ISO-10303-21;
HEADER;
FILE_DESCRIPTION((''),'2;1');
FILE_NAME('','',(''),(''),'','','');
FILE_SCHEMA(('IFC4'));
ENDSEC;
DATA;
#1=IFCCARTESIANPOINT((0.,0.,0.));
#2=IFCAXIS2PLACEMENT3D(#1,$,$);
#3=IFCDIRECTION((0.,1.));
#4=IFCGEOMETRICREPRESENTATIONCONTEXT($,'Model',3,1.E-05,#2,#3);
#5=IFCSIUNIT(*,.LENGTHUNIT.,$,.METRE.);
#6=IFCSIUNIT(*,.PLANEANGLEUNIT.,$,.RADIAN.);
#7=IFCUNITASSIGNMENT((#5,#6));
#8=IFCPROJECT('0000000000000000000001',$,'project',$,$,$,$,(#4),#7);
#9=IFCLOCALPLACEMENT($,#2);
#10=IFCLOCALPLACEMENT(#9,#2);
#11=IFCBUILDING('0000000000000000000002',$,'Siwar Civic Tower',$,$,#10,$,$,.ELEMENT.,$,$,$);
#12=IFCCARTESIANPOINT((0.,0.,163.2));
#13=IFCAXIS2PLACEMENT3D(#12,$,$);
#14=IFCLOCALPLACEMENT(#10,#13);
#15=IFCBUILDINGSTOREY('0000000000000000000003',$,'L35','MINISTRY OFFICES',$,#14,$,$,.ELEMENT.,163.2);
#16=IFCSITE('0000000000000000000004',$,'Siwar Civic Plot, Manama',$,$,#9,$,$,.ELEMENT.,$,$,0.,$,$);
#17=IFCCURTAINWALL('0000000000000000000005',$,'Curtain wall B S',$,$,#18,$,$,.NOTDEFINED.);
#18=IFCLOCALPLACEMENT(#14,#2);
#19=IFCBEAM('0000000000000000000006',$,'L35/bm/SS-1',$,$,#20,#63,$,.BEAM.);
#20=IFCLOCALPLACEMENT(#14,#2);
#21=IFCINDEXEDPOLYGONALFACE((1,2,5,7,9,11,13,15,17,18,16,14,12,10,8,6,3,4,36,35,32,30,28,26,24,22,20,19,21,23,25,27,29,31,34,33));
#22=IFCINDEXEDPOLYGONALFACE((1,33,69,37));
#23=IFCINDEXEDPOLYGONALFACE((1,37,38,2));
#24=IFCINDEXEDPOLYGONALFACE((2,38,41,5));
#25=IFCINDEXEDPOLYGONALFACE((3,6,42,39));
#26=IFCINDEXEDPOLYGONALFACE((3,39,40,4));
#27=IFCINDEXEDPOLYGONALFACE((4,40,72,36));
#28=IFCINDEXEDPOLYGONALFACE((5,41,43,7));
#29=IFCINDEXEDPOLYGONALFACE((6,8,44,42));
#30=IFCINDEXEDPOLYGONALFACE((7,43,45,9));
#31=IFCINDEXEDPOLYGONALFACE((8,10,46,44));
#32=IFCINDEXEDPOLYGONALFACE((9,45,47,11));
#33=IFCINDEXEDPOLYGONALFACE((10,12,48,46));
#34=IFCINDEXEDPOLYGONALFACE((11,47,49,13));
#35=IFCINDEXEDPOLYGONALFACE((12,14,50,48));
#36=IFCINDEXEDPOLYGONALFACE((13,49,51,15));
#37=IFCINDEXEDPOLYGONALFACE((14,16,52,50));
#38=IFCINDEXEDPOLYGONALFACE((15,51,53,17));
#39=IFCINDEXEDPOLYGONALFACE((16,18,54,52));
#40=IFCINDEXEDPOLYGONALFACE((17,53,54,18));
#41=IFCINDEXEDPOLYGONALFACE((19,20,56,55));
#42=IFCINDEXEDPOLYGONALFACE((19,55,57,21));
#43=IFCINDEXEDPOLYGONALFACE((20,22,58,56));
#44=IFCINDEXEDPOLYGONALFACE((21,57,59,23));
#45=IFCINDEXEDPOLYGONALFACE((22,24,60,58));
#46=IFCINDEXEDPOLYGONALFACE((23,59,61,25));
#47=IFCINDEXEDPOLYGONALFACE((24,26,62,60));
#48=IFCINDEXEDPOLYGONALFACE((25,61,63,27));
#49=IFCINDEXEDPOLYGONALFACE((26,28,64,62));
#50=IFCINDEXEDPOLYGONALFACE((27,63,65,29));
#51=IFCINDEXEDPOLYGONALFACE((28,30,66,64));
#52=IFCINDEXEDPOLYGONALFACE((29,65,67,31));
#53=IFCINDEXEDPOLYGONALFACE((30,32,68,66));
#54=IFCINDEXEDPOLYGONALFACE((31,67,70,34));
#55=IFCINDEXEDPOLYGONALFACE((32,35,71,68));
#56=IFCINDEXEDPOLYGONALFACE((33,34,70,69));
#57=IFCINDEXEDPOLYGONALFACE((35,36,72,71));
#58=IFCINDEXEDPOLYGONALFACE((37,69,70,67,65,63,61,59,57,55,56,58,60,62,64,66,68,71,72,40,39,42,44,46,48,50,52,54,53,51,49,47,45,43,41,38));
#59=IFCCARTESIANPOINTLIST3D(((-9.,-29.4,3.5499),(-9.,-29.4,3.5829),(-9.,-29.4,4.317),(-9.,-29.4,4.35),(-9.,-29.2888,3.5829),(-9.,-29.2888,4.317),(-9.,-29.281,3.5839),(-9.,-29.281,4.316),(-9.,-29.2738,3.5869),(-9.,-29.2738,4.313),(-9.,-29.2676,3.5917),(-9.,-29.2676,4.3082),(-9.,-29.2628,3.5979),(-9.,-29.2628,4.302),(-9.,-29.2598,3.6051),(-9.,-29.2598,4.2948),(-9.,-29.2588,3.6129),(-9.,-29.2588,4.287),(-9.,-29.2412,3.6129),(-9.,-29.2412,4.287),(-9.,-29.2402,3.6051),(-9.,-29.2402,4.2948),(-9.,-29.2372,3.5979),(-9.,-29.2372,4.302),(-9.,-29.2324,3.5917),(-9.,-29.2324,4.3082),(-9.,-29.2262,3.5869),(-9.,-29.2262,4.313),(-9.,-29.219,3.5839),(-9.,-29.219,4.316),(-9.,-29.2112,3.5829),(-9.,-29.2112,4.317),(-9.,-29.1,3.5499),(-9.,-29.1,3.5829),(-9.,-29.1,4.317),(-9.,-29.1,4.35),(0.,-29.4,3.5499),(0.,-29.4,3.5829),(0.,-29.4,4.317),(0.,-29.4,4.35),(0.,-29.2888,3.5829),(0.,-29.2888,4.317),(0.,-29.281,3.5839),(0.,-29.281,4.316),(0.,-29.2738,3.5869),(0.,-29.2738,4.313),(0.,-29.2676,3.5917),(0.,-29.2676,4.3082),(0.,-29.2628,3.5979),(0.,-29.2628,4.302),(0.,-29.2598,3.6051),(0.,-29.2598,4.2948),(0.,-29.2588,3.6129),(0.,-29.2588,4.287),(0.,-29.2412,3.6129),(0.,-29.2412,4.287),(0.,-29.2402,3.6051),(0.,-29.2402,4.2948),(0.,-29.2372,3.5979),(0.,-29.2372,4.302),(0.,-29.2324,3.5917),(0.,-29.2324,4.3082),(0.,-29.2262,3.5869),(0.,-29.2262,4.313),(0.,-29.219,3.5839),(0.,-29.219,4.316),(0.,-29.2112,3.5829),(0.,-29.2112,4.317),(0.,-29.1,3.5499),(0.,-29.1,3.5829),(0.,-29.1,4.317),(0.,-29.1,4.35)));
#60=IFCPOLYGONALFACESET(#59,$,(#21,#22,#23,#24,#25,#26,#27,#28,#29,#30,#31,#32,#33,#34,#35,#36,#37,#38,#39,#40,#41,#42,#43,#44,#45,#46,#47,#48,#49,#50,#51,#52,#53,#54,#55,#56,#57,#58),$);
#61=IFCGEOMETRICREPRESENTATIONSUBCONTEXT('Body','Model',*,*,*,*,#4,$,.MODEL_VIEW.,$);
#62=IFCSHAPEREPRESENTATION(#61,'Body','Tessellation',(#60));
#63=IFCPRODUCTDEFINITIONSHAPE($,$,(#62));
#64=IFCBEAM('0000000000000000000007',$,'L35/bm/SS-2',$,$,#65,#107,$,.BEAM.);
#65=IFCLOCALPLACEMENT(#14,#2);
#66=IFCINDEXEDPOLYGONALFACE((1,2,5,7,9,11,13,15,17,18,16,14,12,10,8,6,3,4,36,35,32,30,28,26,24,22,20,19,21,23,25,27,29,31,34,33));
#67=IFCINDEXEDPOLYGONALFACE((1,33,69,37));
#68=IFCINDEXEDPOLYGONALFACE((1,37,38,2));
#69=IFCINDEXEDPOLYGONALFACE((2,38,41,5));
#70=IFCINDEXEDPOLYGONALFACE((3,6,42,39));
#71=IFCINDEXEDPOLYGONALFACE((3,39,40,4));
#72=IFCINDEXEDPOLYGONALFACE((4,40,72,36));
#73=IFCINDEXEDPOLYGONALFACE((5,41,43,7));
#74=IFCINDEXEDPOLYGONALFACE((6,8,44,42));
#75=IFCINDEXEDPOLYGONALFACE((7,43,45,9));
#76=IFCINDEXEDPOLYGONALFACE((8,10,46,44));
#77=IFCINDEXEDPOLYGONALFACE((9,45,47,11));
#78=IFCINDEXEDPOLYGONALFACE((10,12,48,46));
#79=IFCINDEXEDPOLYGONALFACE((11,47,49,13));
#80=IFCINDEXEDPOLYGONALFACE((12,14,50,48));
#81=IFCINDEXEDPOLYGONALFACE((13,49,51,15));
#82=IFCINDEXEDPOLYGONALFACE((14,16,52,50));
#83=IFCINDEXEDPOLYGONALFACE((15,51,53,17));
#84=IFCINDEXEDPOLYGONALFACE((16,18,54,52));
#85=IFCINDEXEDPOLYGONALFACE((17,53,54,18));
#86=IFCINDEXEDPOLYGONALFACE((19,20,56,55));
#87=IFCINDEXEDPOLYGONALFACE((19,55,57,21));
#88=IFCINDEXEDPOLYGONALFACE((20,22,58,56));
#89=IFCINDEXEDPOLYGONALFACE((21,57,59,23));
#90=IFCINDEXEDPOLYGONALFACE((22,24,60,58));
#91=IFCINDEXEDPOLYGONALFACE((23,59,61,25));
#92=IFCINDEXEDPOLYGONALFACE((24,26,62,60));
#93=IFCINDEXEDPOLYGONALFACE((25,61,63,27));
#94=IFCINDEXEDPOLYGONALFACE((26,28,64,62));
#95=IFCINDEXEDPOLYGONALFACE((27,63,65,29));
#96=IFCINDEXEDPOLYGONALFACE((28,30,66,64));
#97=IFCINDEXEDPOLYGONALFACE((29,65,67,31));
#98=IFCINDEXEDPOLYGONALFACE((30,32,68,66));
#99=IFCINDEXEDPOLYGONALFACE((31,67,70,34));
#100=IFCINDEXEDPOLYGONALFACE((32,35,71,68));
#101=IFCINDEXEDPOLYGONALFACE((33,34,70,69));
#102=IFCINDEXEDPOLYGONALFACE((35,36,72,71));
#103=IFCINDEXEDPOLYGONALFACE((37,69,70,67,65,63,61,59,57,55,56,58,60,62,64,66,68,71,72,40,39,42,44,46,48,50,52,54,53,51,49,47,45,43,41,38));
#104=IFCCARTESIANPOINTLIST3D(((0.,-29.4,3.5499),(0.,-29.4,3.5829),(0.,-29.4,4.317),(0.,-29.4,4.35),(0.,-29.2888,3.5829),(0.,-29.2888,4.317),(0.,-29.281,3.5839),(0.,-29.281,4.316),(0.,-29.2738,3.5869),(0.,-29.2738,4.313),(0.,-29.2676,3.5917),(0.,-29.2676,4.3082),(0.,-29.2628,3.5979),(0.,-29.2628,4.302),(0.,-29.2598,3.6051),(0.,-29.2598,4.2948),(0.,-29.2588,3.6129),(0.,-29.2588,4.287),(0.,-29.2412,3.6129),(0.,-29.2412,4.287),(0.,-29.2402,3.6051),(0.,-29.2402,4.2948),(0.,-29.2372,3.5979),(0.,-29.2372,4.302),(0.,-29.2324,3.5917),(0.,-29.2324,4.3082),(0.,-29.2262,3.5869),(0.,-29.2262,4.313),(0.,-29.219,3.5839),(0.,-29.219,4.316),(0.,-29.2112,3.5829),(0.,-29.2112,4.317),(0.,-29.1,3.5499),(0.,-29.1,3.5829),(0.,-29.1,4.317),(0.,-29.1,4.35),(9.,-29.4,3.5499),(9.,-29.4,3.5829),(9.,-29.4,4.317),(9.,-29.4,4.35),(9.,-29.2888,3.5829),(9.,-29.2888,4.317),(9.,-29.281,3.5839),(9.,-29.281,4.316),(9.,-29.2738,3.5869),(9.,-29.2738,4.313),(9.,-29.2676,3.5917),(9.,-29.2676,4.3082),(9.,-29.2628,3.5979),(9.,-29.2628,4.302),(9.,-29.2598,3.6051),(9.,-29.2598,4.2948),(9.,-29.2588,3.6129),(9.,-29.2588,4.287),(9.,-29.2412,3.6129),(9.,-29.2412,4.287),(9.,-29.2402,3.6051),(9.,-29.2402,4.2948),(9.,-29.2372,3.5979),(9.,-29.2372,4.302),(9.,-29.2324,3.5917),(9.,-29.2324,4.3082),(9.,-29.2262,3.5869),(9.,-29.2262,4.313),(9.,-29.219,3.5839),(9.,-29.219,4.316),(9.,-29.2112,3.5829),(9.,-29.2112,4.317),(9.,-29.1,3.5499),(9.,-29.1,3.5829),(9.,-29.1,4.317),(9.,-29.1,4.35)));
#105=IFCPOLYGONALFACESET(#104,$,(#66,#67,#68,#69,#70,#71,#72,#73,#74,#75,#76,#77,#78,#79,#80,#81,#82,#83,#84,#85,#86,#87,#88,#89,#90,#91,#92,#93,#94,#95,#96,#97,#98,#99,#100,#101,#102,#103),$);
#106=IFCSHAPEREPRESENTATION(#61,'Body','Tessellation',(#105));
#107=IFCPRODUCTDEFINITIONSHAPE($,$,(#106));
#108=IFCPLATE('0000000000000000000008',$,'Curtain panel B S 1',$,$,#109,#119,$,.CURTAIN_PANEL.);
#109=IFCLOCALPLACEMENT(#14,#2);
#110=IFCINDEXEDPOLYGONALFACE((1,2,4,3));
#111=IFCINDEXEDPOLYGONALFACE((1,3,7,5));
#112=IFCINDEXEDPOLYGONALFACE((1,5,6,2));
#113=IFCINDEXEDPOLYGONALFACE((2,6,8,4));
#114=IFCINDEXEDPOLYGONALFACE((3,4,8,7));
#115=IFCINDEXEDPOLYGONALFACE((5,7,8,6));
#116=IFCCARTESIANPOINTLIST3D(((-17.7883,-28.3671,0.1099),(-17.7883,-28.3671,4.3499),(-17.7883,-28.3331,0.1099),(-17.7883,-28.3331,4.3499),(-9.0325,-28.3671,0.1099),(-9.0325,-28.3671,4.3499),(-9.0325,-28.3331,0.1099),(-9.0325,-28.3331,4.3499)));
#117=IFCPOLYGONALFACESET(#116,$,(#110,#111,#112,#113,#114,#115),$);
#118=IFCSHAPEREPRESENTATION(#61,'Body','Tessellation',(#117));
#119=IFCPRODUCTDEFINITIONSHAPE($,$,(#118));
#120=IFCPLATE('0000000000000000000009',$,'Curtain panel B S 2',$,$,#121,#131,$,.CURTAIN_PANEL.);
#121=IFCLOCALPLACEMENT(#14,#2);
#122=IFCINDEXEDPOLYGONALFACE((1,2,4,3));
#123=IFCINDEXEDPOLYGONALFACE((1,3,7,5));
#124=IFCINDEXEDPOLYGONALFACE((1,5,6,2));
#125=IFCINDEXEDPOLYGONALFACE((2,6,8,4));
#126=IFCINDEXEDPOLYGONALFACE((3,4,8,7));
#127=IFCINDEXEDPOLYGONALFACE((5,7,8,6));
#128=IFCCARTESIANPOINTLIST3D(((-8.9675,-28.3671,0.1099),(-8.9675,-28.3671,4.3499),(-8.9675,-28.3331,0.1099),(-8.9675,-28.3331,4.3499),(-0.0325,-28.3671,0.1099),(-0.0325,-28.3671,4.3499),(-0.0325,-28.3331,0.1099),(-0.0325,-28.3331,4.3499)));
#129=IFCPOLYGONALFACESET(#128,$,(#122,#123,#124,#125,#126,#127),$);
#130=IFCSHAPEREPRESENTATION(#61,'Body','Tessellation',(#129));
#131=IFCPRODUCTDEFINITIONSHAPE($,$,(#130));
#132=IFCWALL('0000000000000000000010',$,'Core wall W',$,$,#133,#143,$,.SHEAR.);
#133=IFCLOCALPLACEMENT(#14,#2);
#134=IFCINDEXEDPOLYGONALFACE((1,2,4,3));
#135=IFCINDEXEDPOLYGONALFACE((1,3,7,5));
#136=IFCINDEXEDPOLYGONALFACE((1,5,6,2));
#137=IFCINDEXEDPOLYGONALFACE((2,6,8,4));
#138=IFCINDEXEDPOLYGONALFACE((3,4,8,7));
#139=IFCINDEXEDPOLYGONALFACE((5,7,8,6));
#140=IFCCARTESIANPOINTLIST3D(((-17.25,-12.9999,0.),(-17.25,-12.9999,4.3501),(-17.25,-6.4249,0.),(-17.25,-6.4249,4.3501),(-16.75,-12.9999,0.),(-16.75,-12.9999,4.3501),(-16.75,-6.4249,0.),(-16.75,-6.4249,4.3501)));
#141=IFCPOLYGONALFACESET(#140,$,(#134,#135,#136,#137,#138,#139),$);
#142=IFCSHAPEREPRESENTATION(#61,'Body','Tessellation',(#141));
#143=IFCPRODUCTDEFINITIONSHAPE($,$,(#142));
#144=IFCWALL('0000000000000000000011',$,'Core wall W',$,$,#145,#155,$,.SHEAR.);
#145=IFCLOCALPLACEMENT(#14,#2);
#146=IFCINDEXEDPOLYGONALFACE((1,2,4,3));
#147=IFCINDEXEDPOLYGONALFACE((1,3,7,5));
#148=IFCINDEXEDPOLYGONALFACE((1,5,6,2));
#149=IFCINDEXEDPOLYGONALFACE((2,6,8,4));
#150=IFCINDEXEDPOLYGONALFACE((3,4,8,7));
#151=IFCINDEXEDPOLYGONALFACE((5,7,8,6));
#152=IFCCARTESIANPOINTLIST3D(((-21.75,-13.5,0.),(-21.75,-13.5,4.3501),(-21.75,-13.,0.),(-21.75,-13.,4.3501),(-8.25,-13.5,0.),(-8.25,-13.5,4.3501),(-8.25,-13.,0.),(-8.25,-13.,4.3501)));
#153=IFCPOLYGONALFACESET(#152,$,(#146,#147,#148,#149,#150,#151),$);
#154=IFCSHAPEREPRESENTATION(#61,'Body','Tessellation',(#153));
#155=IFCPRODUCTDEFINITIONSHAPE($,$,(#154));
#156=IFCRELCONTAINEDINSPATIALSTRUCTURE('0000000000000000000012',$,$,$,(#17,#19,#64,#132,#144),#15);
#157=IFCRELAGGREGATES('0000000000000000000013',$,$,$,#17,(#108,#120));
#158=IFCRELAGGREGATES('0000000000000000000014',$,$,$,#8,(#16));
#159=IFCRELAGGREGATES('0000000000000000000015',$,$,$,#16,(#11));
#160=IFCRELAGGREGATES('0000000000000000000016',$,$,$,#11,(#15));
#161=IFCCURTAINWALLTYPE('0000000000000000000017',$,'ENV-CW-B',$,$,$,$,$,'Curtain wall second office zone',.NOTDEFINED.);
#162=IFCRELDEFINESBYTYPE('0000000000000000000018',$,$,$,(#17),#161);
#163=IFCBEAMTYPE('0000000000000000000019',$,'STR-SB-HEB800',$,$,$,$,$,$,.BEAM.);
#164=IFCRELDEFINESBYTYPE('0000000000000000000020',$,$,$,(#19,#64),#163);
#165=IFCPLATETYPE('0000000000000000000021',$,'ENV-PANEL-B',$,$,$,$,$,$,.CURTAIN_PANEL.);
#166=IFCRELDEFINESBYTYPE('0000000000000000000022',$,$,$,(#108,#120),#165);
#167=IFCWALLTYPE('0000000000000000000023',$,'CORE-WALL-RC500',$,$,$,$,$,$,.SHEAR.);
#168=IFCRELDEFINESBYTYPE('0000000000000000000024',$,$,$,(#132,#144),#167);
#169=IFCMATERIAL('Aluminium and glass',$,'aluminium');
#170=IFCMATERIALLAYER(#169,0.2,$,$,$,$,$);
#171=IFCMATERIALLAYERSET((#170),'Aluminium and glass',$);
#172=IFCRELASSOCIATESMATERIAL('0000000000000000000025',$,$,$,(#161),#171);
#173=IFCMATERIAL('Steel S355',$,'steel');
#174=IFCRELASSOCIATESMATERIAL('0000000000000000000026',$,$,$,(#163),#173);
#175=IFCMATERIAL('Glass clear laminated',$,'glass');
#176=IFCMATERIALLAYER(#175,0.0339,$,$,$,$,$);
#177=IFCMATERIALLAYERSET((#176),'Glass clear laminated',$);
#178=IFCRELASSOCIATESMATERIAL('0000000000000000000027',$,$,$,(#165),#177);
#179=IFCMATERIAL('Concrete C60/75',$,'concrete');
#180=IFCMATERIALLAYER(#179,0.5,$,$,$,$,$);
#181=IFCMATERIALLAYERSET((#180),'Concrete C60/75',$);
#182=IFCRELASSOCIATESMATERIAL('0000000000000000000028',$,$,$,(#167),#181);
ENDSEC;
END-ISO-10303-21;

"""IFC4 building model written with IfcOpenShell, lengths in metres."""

from ifc_helpers import new_model, si_unit, direction, frame, frame_2d, origin, origin_2d, place, context, subcontext, project, spatial, rectangle, i_section, extrude, material, layer, layer_set, material_profile, profile_set, type_object, element, aggregate, save


model = new_model("IFC4")

# Units and contexts
model_context = context("Model", 3, precision=1e-05, world=origin(), true_north=direction((0.0, 1.0)))
body_context = subcontext(model_context, "Body", "Model", "MODEL_VIEW")
ifc_project = project(units=[si_unit("LENGTHUNIT", "METRE"), si_unit("PLANEANGLEUNIT", "RADIAN")], contexts=[model_context])

# Site, building, storey
site_placement = place(None, origin())
site = spatial("IfcSite", under=ifc_project, at=site_placement, Name="Siwar Civic Plot, Manama", CompositionType="ELEMENT", RefElevation=0.0)
building_placement = place(site_placement, origin())
building = spatial("IfcBuilding", under=site, at=building_placement, Name="Siwar Civic Tower", CompositionType="ELEMENT")
storey_placement = place(building_placement, frame((0.0, 0.0, 163.2)))
storey = spatial("IfcBuildingStorey", under=building, at=storey_placement, Name="L35", Description="MINISTRY OFFICES", CompositionType="ELEMENT", Elevation=163.2)

# Curtain wall
ifc_material_1 = material(Name="Aluminium and glass", Category="aluminium")
ifc_layer_1 = layer(ifc_material_1, 0.2)
ifc_layer_set_1 = layer_set([ifc_layer_1], Name="Aluminium and glass")
curtain_wall_type = type_object("IfcCurtainWallType", Name="ENV-CW-B", ElementType="Curtain wall second office zone", PredefinedType="NOTDEFINED", material=ifc_layer_set_1)
curtain_wall_placement = place(storey_placement, origin())
curtain_wall = element("IfcCurtainWall", 1, at=curtain_wall_placement, inside=storey, type_object=curtain_wall_type, Name="Curtain wall B S", PredefinedType="NOTDEFINED")

# Beams
ifc_material_2 = material(Name="Steel S355", Category="steel")
ifc_material_profile_1 = material_profile(ifc_material_2, i_section(OverallWidth=0.3, OverallDepth=0.8, WebThickness=0.0176, FlangeThickness=0.033, FilletRadius=0.03, at=origin_2d()), Name="HEB800")
ifc_profile_set_1 = profile_set([ifc_material_profile_1], Name="Steel S355")
beam_type_1 = type_object("IfcBeamType", Name="STR-SB-HEB800", PredefinedType="BEAM", material=ifc_profile_set_1)
for number, where, z_axis, x_axis, name in (
    (2, (-9.0, -29.25, 3.95), (1.0, 0.0, 0.0), (0.0, 1.0, 0.0), "L35/bm/SS-1"),
    (3, (0.0, -29.25, 3.95), (1.0, 0.0, 0.0), (0.0, 1.0, 0.0), "L35/bm/SS-2"),
):
    element("IfcBeam", number, at=place(storey_placement, frame(where, z_axis=z_axis, x_axis=x_axis)), inside=storey, type_object=beam_type_1, Name=name, PredefinedType="BEAM", context=body_context, shape_type="SweptSolid", body=[
        extrude(i_section(OverallWidth=0.3, OverallDepth=0.8, WebThickness=0.0176, FlangeThickness=0.033, FilletRadius=0.03, at=origin_2d()), origin(), (0.0, 0.0, 1.0), 9.0),
    ])

# Plates
ifc_material_3 = material(Name="Glass clear laminated", Category="glass")
ifc_layer_2 = layer(ifc_material_3, 0.0339)
ifc_layer_set_2 = layer_set([ifc_layer_2], Name="Glass clear laminated")
plate_type = type_object("IfcPlateType", Name="ENV-PANEL-B", PredefinedType="CURTAIN_PANEL", material=ifc_layer_set_2)
plate_1_placement = place(storey_placement, frame((-13.4104, -28.3501, 0.1099), z_axis=(0.0, 0.0, 1.0), x_axis=(1.0, 0.0, 0.0)))
plate_1 = element("IfcPlate", 4, at=plate_1_placement, type_object=plate_type, Name="Curtain panel B S 1", PredefinedType="CURTAIN_PANEL", context=body_context, shape_type="SweptSolid", body=[
    extrude(rectangle(XDim=8.7559, YDim=0.0339, at=origin_2d()), origin(), (0.0, 0.0, 1.0), 4.24),
])
plate_2_placement = place(storey_placement, frame((-4.5, -28.3501, 0.1099), z_axis=(0.0, 0.0, 1.0), x_axis=(1.0, 0.0, 0.0)))
plate_2 = element("IfcPlate", 5, at=plate_2_placement, type_object=plate_type, Name="Curtain panel B S 2", PredefinedType="CURTAIN_PANEL", context=body_context, shape_type="SweptSolid", body=[
    extrude(rectangle(XDim=8.9351, YDim=0.0339, at=origin_2d()), origin(), (0.0, 0.0, 1.0), 4.24),
])
aggregate(curtain_wall, [plate_1, plate_2])

# Walls
ifc_material_4 = material(Name="Concrete C60/75", Category="concrete")
ifc_layer_3 = layer(ifc_material_4, 0.5)
ifc_layer_set_3 = layer_set([ifc_layer_3], Name="Concrete C60/75")
wall_type_1 = type_object("IfcWallType", Name="CORE-WALL-RC500", PredefinedType="SHEAR", material=ifc_layer_set_3)
wall_1_placement = place(storey_placement, frame((-17.0, -13.0, 0.0), z_axis=(0.0, 0.0, 1.0), x_axis=(0.0, 1.0, 0.0)))
element("IfcWall", 6, at=wall_1_placement, inside=storey, type_object=wall_type_1, Name="Core wall W", PredefinedType="SHEAR", context=body_context, shape_type="SweptSolid", body=[
    extrude(rectangle(XDim=6.575, YDim=0.5, at=frame_2d((3.2876, 0.0))), origin(), (0.0, 0.0, 1.0), 4.3501),
])
wall_2_placement = place(storey_placement, frame((-8.25, -13.25, 0.0), z_axis=(0.0, 0.0, 1.0), x_axis=(-1.0, 0.0, 0.0)))
element("IfcWall", 7, at=wall_2_placement, inside=storey, type_object=wall_type_1, Name="Core wall W", PredefinedType="SHEAR", context=body_context, shape_type="SweptSolid", body=[
    extrude(rectangle(XDim=13.5, YDim=0.5, at=frame_2d((6.75, 0.0))), origin(), (0.0, 0.0, 1.0), 4.3501),
])

save(model, "model.ifc")
